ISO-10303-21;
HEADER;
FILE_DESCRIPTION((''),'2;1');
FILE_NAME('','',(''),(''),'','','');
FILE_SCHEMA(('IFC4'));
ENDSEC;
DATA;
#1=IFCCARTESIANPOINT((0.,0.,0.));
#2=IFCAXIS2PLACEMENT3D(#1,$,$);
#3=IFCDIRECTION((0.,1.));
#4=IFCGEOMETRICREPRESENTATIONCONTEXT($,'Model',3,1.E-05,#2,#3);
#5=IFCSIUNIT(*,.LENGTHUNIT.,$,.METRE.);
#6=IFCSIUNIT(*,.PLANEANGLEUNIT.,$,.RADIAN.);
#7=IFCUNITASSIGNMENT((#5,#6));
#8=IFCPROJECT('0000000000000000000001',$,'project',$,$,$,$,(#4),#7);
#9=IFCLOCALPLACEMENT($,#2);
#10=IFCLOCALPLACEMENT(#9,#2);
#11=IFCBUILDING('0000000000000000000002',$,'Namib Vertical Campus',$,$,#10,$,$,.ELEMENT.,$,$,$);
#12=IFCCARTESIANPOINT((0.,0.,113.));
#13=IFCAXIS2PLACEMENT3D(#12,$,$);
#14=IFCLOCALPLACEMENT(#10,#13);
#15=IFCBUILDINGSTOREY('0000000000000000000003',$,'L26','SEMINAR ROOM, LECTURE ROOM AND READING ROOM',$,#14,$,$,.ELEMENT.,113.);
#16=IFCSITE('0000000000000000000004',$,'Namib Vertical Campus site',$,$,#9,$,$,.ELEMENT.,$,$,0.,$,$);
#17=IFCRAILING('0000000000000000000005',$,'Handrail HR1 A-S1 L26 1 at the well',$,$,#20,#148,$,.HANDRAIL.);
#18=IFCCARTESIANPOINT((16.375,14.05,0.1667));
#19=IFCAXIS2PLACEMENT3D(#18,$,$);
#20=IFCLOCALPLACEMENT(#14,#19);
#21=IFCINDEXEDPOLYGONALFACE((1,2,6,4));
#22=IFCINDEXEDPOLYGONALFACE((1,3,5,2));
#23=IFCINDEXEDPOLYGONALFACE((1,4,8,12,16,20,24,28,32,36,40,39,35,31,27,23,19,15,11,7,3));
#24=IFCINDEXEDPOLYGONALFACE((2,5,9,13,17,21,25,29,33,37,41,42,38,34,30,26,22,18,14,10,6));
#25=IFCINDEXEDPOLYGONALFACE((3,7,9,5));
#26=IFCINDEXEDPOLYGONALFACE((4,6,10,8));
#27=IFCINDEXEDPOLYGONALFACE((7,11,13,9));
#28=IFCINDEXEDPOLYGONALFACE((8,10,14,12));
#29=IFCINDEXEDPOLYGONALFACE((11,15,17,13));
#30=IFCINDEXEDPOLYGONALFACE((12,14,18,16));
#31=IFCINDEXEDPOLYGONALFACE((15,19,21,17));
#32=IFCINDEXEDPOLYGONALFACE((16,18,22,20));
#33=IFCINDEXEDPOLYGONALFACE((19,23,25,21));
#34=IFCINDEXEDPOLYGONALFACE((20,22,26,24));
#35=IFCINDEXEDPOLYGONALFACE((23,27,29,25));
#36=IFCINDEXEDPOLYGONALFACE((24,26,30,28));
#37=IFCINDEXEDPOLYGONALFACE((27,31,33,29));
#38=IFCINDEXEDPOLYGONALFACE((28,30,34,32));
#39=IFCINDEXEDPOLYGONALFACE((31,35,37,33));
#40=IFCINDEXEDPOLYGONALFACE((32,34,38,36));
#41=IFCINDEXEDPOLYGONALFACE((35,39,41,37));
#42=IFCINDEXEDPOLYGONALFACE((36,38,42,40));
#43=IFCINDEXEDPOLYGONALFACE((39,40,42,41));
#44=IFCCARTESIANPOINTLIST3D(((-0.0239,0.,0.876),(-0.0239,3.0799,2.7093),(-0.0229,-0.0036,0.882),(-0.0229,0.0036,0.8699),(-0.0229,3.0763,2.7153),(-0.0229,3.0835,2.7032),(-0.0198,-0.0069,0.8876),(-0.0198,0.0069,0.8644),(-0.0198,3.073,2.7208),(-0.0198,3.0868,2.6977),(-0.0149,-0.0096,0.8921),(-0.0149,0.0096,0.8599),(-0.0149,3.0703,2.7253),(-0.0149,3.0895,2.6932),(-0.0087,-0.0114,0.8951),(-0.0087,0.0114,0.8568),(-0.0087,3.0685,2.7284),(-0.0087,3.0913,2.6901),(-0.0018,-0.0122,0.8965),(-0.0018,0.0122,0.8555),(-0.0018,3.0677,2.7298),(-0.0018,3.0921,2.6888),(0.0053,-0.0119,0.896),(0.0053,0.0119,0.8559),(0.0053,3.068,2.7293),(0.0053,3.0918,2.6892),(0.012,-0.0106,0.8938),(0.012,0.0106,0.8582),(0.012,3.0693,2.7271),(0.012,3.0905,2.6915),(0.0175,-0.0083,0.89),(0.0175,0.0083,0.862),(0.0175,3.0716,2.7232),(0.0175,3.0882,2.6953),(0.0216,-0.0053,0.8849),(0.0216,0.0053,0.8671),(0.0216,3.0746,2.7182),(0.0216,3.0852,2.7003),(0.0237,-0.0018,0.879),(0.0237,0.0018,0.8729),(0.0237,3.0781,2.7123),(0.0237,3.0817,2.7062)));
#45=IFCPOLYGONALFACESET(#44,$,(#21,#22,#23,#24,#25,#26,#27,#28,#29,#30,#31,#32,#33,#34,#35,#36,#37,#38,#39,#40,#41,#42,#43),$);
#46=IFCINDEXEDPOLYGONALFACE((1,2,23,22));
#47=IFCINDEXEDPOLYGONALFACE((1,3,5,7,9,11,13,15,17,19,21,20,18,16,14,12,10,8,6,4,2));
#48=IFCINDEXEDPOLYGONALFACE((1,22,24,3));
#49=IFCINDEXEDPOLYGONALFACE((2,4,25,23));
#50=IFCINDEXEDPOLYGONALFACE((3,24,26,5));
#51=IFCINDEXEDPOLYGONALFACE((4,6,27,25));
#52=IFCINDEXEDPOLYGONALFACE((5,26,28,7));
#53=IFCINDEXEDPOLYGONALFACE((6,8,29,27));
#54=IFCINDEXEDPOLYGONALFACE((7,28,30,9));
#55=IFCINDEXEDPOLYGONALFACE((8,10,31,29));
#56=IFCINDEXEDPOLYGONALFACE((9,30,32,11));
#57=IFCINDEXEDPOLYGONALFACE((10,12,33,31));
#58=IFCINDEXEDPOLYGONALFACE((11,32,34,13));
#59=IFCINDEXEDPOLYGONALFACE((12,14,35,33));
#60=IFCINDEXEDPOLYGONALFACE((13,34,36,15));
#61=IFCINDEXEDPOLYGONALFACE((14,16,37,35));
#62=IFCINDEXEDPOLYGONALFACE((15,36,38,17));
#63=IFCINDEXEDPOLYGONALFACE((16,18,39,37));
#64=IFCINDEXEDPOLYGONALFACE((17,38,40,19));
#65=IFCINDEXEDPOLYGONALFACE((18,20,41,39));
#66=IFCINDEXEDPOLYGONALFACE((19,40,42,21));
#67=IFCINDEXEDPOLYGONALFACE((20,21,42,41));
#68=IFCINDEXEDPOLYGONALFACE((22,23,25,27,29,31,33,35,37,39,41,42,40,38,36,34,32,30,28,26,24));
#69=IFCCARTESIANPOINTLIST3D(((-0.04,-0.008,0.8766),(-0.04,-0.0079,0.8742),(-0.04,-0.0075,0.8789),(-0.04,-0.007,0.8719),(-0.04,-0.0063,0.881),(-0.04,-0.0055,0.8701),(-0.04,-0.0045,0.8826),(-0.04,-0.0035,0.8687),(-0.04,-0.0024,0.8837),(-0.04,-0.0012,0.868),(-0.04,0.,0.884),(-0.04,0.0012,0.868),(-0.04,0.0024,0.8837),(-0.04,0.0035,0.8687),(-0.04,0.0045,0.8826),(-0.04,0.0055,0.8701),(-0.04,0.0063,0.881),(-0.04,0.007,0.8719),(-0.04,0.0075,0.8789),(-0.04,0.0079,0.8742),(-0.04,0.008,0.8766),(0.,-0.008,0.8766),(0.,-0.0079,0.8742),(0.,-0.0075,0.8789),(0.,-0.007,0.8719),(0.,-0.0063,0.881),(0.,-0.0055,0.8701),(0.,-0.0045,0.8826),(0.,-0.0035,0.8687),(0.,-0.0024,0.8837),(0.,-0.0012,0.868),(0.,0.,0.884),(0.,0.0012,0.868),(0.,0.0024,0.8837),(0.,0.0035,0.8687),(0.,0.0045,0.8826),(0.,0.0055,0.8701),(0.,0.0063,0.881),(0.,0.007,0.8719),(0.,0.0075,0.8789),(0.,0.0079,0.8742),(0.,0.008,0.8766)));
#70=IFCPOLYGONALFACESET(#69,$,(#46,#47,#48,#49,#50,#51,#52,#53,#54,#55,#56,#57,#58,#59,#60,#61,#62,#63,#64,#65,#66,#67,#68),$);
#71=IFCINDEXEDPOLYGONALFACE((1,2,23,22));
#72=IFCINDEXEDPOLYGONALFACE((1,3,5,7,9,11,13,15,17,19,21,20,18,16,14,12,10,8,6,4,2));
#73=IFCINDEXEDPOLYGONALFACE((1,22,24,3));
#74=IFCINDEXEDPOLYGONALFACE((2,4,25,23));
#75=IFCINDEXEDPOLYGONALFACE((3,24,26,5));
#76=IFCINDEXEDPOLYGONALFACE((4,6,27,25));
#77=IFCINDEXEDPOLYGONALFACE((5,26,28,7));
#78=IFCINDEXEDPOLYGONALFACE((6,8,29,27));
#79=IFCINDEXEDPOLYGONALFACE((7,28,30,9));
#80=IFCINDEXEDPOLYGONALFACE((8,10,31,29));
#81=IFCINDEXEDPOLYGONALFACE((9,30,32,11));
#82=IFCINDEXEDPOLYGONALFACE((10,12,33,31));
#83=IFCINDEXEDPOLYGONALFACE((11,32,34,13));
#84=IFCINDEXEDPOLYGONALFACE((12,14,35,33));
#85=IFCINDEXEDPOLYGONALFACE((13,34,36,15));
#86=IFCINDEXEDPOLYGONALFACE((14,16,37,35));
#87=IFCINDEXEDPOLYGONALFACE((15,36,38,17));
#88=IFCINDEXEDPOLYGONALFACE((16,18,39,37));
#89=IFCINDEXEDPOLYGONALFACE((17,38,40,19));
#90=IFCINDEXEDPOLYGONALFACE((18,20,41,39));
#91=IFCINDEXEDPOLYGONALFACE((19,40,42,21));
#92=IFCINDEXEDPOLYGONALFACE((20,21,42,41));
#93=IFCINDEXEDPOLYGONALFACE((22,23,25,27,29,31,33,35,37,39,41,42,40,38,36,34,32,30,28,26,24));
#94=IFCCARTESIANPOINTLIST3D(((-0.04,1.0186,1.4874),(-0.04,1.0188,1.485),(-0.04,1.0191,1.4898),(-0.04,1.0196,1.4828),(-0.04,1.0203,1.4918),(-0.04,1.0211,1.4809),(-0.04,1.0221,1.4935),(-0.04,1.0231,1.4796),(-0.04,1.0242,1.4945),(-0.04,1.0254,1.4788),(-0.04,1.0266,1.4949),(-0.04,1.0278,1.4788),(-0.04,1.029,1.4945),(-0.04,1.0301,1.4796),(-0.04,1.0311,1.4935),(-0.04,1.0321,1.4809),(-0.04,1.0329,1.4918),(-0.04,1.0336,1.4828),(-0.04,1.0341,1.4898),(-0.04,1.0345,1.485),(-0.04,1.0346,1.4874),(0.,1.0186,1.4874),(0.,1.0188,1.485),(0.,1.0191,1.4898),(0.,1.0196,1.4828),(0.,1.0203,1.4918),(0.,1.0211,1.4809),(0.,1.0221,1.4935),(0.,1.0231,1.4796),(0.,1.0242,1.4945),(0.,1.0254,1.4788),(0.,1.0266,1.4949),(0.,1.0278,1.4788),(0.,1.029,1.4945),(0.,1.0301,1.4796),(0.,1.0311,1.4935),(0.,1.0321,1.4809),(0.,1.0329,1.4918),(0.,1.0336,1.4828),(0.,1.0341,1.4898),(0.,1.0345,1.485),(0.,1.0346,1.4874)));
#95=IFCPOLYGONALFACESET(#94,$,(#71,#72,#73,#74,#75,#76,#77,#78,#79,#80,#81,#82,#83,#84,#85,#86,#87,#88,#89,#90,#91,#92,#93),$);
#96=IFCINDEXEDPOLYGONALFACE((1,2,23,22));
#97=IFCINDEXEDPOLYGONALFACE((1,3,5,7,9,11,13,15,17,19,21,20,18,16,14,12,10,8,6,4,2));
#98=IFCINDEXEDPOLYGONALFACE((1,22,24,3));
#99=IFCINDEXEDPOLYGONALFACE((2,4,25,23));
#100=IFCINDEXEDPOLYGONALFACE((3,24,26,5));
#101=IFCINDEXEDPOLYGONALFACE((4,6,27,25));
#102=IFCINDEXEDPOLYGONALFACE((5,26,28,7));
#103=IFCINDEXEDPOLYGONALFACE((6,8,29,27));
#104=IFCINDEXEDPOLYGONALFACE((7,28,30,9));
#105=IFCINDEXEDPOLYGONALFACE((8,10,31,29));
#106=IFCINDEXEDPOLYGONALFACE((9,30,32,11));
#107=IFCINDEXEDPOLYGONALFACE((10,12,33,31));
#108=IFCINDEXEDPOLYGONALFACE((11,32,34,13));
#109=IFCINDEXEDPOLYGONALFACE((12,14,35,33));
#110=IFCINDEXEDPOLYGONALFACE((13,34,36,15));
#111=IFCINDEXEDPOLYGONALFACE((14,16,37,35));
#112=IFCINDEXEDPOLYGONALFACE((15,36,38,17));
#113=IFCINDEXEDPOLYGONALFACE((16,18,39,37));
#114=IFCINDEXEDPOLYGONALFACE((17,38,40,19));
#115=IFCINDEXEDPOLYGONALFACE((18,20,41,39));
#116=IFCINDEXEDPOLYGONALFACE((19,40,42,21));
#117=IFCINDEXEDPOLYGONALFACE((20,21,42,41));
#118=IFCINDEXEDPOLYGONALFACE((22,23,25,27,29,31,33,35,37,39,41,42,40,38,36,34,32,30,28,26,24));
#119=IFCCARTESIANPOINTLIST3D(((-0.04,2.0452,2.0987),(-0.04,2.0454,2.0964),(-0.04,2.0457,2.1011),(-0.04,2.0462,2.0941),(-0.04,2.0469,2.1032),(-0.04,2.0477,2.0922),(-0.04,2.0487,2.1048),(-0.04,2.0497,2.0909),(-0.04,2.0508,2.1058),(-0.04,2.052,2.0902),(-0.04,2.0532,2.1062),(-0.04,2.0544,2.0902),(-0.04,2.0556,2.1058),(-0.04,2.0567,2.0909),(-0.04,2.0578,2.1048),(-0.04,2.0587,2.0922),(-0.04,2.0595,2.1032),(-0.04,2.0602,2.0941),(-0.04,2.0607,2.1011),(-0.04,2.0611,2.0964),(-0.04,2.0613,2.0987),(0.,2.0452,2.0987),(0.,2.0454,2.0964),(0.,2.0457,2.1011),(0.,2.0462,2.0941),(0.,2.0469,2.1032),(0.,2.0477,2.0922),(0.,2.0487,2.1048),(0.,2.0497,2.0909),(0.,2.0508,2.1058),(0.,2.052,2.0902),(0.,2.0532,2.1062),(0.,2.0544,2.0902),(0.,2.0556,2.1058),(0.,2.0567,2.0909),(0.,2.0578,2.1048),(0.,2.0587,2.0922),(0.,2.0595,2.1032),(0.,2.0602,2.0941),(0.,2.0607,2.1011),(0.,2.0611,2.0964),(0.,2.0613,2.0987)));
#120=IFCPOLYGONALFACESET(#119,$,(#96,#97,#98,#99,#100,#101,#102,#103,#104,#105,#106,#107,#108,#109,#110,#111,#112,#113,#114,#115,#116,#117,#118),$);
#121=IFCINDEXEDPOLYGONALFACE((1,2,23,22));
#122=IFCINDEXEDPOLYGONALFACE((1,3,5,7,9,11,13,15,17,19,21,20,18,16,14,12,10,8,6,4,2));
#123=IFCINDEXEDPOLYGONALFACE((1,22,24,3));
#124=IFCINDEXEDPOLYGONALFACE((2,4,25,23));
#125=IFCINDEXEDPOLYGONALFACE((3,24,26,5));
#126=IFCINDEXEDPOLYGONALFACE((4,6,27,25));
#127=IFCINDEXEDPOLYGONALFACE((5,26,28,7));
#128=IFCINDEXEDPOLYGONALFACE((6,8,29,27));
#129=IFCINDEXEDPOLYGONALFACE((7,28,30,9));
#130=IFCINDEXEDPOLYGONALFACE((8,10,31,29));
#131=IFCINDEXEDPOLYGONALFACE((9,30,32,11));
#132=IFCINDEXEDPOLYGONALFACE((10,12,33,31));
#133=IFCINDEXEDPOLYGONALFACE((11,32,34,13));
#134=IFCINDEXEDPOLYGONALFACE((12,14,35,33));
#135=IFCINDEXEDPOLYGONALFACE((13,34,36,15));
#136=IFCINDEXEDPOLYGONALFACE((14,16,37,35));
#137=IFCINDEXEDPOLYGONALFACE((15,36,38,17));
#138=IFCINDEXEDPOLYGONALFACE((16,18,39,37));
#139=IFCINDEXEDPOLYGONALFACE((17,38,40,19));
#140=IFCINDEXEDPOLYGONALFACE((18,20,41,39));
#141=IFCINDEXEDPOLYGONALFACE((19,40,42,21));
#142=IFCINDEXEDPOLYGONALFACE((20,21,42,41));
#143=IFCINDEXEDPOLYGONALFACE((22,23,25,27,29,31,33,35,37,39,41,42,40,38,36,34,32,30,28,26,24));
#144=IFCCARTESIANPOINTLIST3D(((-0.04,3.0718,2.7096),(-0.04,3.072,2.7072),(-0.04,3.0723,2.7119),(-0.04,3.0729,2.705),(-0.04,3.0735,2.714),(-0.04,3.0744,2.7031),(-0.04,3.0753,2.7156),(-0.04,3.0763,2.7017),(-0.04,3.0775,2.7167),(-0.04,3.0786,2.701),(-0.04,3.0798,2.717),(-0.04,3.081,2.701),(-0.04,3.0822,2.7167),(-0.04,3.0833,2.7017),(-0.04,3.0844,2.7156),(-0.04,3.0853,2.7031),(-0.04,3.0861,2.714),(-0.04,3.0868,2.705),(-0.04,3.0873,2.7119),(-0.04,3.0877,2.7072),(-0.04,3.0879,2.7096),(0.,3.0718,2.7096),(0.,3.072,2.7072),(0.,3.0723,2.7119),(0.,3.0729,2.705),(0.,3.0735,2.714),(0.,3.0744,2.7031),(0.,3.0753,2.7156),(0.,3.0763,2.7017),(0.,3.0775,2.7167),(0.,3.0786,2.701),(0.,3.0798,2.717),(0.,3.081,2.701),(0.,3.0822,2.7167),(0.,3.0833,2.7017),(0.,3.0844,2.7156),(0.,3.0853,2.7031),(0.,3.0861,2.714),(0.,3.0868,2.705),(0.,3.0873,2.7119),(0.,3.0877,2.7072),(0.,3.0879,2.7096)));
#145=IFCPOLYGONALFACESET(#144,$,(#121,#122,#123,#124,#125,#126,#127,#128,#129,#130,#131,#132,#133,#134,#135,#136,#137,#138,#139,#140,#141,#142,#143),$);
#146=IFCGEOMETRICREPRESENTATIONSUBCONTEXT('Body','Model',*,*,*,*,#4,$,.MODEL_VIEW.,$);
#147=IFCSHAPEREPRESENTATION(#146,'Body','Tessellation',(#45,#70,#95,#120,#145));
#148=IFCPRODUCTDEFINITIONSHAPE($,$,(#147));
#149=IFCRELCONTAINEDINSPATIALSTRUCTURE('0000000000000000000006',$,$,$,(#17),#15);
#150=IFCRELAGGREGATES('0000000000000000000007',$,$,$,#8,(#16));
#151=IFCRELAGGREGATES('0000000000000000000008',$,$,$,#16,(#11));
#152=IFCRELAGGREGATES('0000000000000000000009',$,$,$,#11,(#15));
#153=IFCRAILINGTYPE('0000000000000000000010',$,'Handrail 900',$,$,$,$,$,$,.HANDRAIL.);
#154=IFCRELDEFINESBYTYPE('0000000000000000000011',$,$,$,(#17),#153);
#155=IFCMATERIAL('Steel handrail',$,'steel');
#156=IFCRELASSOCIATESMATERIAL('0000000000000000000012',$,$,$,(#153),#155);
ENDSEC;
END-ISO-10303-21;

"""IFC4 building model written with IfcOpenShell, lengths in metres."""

from ifc_helpers import new_model, si_unit, direction, frame, origin, origin_2d, place, context, subcontext, project, spatial, circle, extrude, material, type_object, element, save


model = new_model("IFC4")

# Units and contexts
model_context = context("Model", 3, precision=1e-05, world=origin(), true_north=direction((0.0, 1.0)))
body_context = subcontext(model_context, "Body", "Model", "MODEL_VIEW")
ifc_project = project(units=[si_unit("LENGTHUNIT", "METRE"), si_unit("PLANEANGLEUNIT", "RADIAN")], contexts=[model_context])

# Site, building, storey
site_placement = place(None, origin())
site = spatial("IfcSite", under=ifc_project, at=site_placement, Name="Namib Vertical Campus site", CompositionType="ELEMENT", RefElevation=0.0)
building_placement = place(site_placement, origin())
building = spatial("IfcBuilding", under=site, at=building_placement, Name="Namib Vertical Campus", CompositionType="ELEMENT")
storey_placement = place(building_placement, frame((0.0, 0.0, 113.0)))
storey = spatial("IfcBuildingStorey", under=building, at=storey_placement, Name="L26", Description="SEMINAR ROOM, LECTURE ROOM AND READING ROOM", CompositionType="ELEMENT", Elevation=113.0)

# Railing
ifc_material_1 = material(Name="Steel handrail", Category="steel")
railing_type_1 = type_object("IfcRailingType", Name="Handrail 900", PredefinedType="HANDRAIL", material=ifc_material_1)
railing_1_placement = place(storey_placement, frame((16.375, 14.05, 0.1667)))
element("IfcRailing", 1, at=railing_1_placement, inside=storey, type_object=railing_type_1, Name="Handrail HR1 A-S1 L26 1 at the well", PredefinedType="HANDRAIL", context=body_context, shape_type="SweptSolid", body=[
    extrude(circle(Radius=0.0239, at=origin_2d()), frame((0.0, 0.0, 0.876), z_axis=(0.0, 0.859291, 0.511487), x_axis=(-1.0, 0.0, 0.0)), (0.0, 0.0, 1.0), 3.5842),
    extrude(circle(Radius=0.0081, at=origin_2d()), frame((0.0, 0.0, 0.876), z_axis=(-1.0, 0.0, 0.0), x_axis=(0.0, 0.0, 1.0)), (0.0, 0.0, 1.0), 0.04),
    extrude(circle(Radius=0.0081, at=origin_2d()), frame((0.0, 1.0266, 1.4868), z_axis=(-1.0, 0.0, 0.0), x_axis=(0.0, 0.0, 1.0)), (0.0, 0.0, 1.0), 0.04),
    extrude(circle(Radius=0.0081, at=origin_2d()), frame((0.0, 2.0532, 2.0981), z_axis=(-1.0, 0.0, 0.0), x_axis=(0.0, 0.0, 1.0)), (0.0, 0.0, 1.0), 0.04),
    extrude(circle(Radius=0.0081, at=origin_2d()), frame((0.0, 3.0798, 2.709), z_axis=(-1.0, 0.0, 0.0), x_axis=(0.0, 0.0, 1.0)), (0.0, 0.0, 1.0), 0.04),
])

save(model, "model.ifc")
